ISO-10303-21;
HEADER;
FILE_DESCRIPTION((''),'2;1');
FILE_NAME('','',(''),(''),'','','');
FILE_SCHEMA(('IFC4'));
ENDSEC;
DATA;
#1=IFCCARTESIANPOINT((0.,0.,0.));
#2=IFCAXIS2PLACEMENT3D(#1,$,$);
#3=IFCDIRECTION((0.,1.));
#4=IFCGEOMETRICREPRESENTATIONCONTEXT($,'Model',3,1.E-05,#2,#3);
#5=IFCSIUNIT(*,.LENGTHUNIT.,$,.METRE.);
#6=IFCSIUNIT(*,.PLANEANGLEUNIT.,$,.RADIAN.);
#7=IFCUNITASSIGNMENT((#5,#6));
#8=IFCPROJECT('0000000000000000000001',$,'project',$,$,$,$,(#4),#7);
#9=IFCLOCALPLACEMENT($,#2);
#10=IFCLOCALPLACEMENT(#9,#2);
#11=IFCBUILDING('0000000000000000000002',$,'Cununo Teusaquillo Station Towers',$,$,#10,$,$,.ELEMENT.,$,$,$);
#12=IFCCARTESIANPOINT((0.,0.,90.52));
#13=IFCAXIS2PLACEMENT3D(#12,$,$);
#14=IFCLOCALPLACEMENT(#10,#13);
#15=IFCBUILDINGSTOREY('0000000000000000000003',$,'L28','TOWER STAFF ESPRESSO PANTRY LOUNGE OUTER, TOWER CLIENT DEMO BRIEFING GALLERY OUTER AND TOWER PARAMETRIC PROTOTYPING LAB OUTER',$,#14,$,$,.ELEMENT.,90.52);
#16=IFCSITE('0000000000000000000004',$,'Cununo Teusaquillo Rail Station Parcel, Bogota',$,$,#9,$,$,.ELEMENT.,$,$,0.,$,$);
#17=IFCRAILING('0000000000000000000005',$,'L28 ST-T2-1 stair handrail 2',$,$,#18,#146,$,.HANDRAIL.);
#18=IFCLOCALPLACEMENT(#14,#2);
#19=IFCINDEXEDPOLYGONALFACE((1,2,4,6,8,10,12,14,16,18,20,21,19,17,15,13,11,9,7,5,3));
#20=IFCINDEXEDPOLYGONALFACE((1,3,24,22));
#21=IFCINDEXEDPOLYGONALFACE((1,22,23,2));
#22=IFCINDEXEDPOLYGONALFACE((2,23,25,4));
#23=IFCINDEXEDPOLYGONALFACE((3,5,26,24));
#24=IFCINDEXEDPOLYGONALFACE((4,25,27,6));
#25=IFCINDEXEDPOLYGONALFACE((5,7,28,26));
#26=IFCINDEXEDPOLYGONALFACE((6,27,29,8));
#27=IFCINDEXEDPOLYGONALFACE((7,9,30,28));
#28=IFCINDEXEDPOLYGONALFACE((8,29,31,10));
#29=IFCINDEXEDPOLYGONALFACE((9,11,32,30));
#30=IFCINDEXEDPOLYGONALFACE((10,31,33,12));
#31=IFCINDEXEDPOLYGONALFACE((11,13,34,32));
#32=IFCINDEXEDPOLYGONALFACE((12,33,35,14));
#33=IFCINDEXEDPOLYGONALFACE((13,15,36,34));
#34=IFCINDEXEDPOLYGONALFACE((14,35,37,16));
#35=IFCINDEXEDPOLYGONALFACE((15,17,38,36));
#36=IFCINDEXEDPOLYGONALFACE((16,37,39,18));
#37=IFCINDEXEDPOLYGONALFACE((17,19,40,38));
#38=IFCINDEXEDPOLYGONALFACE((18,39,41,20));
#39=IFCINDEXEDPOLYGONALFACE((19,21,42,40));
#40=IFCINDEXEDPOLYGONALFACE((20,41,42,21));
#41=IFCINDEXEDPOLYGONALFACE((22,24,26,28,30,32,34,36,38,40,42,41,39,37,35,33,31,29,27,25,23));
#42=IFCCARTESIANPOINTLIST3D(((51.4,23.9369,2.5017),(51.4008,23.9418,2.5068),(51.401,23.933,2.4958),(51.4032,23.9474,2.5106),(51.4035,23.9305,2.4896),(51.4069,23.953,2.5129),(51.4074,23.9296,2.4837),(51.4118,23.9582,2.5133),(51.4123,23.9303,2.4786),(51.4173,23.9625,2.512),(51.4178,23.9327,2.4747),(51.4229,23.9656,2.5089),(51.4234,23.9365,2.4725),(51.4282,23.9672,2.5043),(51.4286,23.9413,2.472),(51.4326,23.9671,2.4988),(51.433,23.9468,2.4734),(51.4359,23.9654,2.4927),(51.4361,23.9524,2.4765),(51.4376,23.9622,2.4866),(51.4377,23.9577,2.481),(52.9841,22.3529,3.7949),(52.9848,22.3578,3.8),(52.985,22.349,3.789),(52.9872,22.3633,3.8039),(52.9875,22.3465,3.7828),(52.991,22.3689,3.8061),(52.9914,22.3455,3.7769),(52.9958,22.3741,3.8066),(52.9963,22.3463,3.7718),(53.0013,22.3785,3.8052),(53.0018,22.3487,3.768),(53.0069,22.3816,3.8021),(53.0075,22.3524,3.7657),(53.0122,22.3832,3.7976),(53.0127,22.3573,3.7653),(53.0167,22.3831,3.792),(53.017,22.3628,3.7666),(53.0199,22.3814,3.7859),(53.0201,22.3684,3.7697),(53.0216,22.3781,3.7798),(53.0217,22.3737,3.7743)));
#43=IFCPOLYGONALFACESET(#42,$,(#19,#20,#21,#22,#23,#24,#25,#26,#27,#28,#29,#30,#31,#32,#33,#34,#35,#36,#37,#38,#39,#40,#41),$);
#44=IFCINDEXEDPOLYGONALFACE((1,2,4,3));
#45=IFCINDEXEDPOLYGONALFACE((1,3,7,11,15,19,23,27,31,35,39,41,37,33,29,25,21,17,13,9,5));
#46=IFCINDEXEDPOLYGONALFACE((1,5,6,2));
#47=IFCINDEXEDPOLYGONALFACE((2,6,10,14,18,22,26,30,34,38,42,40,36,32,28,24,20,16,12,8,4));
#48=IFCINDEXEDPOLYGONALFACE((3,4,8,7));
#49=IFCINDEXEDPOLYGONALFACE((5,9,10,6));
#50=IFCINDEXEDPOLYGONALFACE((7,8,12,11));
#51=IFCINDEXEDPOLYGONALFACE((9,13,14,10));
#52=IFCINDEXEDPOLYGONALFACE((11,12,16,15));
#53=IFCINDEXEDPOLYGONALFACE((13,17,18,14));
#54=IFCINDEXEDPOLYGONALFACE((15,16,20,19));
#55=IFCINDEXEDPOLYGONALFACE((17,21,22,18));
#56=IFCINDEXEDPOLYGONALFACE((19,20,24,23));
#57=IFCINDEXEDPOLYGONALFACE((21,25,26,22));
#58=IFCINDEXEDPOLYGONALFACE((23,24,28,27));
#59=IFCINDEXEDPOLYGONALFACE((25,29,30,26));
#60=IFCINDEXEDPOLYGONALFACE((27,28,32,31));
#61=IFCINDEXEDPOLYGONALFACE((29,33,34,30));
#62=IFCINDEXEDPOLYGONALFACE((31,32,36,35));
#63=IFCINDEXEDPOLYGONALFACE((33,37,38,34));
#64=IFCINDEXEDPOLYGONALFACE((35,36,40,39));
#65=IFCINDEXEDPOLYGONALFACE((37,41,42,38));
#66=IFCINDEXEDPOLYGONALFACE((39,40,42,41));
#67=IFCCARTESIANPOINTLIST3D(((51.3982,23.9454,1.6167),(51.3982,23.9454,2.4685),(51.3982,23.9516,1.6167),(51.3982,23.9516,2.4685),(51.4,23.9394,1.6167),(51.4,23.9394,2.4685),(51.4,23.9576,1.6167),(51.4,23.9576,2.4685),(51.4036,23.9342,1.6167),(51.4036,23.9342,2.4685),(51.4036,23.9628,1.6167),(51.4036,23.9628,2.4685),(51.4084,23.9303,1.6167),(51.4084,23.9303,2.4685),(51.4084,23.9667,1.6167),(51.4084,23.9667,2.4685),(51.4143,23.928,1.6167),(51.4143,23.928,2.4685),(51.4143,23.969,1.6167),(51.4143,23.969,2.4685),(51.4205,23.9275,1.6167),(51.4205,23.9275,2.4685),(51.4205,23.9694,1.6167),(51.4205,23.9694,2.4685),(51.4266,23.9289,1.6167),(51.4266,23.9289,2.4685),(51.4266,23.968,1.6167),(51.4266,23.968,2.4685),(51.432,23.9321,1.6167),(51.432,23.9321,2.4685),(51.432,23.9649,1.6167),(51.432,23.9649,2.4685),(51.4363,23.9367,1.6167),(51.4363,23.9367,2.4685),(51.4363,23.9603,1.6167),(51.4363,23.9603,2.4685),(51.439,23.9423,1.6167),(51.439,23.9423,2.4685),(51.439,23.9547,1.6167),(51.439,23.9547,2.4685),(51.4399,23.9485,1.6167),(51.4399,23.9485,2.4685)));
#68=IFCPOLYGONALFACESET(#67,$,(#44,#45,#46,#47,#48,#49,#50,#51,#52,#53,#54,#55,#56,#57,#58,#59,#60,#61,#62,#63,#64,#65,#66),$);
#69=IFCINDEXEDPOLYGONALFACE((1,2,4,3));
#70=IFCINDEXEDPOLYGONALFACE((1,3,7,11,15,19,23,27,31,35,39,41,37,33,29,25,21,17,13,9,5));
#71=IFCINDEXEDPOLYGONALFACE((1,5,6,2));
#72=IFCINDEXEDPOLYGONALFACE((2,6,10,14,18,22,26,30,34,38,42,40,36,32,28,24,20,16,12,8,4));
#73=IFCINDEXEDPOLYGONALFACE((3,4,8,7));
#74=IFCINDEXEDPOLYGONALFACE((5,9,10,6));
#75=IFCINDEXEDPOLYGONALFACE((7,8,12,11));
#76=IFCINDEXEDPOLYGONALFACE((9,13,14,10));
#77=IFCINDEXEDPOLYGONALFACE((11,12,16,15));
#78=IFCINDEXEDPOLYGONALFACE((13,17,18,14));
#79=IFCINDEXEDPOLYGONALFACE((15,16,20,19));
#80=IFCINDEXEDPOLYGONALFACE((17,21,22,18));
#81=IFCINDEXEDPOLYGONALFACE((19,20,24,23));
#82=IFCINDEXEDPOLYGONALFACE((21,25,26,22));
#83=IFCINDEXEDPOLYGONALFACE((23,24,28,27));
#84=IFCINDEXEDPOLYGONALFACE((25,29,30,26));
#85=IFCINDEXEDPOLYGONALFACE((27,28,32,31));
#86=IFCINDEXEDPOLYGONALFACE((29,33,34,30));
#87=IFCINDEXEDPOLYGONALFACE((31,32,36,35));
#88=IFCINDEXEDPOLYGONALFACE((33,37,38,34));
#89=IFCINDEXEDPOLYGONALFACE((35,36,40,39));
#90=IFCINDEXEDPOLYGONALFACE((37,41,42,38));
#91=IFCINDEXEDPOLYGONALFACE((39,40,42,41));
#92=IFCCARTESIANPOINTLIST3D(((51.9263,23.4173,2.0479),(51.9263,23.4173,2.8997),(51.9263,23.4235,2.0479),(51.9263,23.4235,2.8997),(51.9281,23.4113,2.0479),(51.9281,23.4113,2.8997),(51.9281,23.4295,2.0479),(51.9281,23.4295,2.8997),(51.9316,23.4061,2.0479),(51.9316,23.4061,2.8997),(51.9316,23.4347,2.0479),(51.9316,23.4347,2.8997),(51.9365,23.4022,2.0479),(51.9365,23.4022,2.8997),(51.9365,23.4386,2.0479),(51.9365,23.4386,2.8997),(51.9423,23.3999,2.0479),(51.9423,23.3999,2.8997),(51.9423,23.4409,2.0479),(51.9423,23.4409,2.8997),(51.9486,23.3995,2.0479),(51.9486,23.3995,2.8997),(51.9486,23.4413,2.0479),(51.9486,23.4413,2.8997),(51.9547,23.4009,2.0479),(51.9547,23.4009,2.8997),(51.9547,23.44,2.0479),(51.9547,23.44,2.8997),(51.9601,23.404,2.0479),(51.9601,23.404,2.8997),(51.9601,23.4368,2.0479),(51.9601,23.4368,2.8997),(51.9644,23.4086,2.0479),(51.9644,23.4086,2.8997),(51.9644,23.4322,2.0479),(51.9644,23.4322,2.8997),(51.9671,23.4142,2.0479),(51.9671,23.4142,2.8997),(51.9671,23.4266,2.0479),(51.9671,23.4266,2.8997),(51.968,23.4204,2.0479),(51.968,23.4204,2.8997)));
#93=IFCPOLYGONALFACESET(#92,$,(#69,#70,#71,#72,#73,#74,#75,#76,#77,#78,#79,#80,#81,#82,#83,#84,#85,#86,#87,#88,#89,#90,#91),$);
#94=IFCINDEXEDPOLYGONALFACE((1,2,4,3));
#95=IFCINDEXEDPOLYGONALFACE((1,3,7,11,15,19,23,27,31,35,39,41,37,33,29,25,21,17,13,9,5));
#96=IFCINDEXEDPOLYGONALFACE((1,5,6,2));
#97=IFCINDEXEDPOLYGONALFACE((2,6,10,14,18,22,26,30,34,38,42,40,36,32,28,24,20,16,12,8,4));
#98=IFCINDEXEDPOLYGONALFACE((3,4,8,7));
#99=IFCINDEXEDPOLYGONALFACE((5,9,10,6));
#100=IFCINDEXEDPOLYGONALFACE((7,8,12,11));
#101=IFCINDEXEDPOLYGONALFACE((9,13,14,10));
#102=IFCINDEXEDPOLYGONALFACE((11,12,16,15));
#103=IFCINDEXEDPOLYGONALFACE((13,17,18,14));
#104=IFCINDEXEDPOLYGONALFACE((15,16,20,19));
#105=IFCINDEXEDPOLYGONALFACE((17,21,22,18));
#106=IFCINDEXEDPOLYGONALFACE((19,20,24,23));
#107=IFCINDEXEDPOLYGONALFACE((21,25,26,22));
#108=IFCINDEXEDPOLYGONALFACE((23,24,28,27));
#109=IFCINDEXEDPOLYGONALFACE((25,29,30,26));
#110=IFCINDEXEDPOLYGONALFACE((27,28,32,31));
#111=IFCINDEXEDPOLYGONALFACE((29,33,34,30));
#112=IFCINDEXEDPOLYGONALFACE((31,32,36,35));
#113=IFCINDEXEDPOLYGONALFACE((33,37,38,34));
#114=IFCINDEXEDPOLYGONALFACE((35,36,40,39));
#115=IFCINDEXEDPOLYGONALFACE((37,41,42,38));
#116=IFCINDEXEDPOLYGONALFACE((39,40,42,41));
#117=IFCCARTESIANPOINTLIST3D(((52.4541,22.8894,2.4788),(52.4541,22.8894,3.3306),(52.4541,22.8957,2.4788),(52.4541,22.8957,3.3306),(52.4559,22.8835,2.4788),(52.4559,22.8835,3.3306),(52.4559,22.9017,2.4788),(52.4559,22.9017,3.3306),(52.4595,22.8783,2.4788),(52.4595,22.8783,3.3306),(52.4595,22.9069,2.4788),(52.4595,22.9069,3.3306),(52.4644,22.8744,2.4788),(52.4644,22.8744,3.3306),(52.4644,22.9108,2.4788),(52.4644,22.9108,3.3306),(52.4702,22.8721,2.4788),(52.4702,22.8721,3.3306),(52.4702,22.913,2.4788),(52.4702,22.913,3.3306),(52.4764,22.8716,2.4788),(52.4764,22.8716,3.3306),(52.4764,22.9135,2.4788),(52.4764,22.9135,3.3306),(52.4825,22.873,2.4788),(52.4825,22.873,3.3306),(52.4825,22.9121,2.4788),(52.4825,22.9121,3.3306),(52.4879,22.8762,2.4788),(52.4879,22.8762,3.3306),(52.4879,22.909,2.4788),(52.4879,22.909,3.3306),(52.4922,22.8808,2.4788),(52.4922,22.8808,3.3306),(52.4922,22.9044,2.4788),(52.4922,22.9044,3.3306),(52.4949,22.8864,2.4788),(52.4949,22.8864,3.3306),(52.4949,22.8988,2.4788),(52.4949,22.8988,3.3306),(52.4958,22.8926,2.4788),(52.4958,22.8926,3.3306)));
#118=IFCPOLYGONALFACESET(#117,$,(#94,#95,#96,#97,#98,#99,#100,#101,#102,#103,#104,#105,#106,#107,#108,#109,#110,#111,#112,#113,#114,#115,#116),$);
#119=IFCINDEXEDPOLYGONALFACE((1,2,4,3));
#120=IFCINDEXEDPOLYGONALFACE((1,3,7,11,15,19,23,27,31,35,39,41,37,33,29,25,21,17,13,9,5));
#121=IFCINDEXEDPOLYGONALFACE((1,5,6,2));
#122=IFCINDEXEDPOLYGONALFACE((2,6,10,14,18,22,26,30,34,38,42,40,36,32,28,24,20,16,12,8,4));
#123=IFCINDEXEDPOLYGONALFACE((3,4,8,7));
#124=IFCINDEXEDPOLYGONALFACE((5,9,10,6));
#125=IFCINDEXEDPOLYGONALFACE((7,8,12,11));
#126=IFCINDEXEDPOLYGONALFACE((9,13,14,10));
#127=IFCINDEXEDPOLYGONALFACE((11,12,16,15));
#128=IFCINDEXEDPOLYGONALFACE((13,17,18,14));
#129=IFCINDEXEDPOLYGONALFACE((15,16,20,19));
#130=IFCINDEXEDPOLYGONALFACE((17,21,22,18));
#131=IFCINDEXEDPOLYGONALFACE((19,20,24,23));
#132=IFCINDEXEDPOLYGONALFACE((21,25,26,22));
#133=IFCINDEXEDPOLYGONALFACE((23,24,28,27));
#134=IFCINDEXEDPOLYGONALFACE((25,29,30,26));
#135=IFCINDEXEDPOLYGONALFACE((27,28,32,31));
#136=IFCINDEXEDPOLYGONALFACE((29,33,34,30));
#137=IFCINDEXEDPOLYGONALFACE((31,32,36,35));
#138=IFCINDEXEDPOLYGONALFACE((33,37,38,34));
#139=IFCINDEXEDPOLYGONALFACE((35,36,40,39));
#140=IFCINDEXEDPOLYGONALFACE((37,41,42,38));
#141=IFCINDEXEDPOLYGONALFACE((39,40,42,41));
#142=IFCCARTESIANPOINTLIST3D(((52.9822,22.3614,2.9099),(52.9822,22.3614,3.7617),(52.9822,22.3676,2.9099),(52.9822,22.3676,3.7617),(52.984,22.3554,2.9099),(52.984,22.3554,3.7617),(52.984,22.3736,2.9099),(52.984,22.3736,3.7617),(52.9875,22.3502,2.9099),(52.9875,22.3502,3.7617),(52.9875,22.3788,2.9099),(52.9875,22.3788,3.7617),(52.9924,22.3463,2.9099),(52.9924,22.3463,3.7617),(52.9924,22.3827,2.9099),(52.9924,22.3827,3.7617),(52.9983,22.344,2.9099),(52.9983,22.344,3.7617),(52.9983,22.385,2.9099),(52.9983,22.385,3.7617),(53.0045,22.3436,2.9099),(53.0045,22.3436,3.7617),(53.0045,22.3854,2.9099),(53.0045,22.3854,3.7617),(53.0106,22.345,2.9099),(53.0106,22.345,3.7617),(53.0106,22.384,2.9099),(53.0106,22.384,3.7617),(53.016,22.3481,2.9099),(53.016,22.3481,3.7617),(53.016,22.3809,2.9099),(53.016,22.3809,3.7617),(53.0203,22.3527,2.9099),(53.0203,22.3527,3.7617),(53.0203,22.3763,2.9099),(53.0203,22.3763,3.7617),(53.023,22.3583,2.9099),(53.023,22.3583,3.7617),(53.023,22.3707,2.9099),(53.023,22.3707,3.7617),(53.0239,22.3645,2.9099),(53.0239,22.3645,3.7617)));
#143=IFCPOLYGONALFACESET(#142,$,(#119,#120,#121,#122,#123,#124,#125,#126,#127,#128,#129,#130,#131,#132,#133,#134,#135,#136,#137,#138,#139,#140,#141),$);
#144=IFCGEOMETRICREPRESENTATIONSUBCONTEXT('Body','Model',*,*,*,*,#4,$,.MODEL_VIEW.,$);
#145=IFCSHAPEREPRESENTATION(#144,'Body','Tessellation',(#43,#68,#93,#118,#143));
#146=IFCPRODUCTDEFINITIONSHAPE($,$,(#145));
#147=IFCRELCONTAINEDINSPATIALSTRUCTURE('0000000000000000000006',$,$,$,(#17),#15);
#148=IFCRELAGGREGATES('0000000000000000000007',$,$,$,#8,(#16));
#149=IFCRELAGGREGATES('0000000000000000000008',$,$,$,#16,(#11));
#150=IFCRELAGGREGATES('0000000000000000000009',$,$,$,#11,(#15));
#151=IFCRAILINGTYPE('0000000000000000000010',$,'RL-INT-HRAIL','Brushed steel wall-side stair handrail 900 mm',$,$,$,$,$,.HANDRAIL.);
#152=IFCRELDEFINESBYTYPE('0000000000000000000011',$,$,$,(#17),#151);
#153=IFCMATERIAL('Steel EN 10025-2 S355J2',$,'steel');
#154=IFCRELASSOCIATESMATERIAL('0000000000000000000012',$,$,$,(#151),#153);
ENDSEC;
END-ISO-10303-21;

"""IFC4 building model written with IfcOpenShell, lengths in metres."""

from ifc_helpers import new_model, si_unit, direction, frame, origin, origin_2d, place, context, subcontext, project, spatial, circle, extrude, material, type_object, element, save


model = new_model("IFC4")

# Units and contexts
model_context = context("Model", 3, precision=1e-05, world=origin(), true_north=direction((0.0, 1.0)))
body_context = subcontext(model_context, "Body", "Model", "MODEL_VIEW")
ifc_project = project(units=[si_unit("LENGTHUNIT", "METRE"), si_unit("PLANEANGLEUNIT", "RADIAN")], contexts=[model_context])

# Site, building, storey
site_placement = place(None, origin())
site = spatial("IfcSite", under=ifc_project, at=site_placement, Name="Cununo Teusaquillo Rail Station Parcel, Bogota", CompositionType="ELEMENT", RefElevation=0.0)
building_placement = place(site_placement, origin())
building = spatial("IfcBuilding", under=site, at=building_placement, Name="Cununo Teusaquillo Station Towers", CompositionType="ELEMENT")
storey_placement = place(building_placement, frame((0.0, 0.0, 90.52)))
storey = spatial("IfcBuildingStorey", under=building, at=storey_placement, Name="L28", Description="TOWER STAFF ESPRESSO PANTRY LOUNGE OUTER, TOWER CLIENT DEMO BRIEFING GALLERY OUTER AND TOWER PARAMETRIC PROTOTYPING LAB OUTER", CompositionType="ELEMENT", Elevation=90.52)

# Railing
ifc_material_1 = material(Name="Steel EN 10025-2 S355J2", Category="steel")
railing_type = type_object("IfcRailingType", Name="RL-INT-HRAIL", Description="Brushed steel wall-side stair handrail 900 mm", PredefinedType="HANDRAIL", material=ifc_material_1)
railing_placement = place(storey_placement, frame((51.4189, 23.9485, 1.6167)))
element("IfcRailing", 1, at=railing_placement, inside=storey, type_object=railing_type, Name="L28 ST-T2-1 stair handrail 2", PredefinedType="HANDRAIL", context=body_context, shape_type="SweptSolid", body=[
    extrude(circle(Radius=0.0239, at=origin_2d()), frame((0.0, 0.0, 0.876), z_axis=(0.612385, -0.612385, 0.49997), x_axis=(0.707107, 0.707107, 0.0)), (0.0, 0.0, 1.0), 2.5867),
    extrude(circle(Radius=0.021, at=origin_2d()), origin(), (0.0, 0.0, 1.0), 0.8518),
    extrude(circle(Radius=0.021, at=origin_2d()), frame((0.5281, -0.5281, 0.4312)), (0.0, 0.0, 1.0), 0.8518),
    extrude(circle(Radius=0.021, at=origin_2d()), frame((1.0559, -1.0559, 0.8621)), (0.0, 0.0, 1.0), 0.8518),
    extrude(circle(Radius=0.021, at=origin_2d()), frame((1.584, -1.584, 1.2932)), (0.0, 0.0, 1.0), 0.8518),
])

save(model, "model.ifc")
